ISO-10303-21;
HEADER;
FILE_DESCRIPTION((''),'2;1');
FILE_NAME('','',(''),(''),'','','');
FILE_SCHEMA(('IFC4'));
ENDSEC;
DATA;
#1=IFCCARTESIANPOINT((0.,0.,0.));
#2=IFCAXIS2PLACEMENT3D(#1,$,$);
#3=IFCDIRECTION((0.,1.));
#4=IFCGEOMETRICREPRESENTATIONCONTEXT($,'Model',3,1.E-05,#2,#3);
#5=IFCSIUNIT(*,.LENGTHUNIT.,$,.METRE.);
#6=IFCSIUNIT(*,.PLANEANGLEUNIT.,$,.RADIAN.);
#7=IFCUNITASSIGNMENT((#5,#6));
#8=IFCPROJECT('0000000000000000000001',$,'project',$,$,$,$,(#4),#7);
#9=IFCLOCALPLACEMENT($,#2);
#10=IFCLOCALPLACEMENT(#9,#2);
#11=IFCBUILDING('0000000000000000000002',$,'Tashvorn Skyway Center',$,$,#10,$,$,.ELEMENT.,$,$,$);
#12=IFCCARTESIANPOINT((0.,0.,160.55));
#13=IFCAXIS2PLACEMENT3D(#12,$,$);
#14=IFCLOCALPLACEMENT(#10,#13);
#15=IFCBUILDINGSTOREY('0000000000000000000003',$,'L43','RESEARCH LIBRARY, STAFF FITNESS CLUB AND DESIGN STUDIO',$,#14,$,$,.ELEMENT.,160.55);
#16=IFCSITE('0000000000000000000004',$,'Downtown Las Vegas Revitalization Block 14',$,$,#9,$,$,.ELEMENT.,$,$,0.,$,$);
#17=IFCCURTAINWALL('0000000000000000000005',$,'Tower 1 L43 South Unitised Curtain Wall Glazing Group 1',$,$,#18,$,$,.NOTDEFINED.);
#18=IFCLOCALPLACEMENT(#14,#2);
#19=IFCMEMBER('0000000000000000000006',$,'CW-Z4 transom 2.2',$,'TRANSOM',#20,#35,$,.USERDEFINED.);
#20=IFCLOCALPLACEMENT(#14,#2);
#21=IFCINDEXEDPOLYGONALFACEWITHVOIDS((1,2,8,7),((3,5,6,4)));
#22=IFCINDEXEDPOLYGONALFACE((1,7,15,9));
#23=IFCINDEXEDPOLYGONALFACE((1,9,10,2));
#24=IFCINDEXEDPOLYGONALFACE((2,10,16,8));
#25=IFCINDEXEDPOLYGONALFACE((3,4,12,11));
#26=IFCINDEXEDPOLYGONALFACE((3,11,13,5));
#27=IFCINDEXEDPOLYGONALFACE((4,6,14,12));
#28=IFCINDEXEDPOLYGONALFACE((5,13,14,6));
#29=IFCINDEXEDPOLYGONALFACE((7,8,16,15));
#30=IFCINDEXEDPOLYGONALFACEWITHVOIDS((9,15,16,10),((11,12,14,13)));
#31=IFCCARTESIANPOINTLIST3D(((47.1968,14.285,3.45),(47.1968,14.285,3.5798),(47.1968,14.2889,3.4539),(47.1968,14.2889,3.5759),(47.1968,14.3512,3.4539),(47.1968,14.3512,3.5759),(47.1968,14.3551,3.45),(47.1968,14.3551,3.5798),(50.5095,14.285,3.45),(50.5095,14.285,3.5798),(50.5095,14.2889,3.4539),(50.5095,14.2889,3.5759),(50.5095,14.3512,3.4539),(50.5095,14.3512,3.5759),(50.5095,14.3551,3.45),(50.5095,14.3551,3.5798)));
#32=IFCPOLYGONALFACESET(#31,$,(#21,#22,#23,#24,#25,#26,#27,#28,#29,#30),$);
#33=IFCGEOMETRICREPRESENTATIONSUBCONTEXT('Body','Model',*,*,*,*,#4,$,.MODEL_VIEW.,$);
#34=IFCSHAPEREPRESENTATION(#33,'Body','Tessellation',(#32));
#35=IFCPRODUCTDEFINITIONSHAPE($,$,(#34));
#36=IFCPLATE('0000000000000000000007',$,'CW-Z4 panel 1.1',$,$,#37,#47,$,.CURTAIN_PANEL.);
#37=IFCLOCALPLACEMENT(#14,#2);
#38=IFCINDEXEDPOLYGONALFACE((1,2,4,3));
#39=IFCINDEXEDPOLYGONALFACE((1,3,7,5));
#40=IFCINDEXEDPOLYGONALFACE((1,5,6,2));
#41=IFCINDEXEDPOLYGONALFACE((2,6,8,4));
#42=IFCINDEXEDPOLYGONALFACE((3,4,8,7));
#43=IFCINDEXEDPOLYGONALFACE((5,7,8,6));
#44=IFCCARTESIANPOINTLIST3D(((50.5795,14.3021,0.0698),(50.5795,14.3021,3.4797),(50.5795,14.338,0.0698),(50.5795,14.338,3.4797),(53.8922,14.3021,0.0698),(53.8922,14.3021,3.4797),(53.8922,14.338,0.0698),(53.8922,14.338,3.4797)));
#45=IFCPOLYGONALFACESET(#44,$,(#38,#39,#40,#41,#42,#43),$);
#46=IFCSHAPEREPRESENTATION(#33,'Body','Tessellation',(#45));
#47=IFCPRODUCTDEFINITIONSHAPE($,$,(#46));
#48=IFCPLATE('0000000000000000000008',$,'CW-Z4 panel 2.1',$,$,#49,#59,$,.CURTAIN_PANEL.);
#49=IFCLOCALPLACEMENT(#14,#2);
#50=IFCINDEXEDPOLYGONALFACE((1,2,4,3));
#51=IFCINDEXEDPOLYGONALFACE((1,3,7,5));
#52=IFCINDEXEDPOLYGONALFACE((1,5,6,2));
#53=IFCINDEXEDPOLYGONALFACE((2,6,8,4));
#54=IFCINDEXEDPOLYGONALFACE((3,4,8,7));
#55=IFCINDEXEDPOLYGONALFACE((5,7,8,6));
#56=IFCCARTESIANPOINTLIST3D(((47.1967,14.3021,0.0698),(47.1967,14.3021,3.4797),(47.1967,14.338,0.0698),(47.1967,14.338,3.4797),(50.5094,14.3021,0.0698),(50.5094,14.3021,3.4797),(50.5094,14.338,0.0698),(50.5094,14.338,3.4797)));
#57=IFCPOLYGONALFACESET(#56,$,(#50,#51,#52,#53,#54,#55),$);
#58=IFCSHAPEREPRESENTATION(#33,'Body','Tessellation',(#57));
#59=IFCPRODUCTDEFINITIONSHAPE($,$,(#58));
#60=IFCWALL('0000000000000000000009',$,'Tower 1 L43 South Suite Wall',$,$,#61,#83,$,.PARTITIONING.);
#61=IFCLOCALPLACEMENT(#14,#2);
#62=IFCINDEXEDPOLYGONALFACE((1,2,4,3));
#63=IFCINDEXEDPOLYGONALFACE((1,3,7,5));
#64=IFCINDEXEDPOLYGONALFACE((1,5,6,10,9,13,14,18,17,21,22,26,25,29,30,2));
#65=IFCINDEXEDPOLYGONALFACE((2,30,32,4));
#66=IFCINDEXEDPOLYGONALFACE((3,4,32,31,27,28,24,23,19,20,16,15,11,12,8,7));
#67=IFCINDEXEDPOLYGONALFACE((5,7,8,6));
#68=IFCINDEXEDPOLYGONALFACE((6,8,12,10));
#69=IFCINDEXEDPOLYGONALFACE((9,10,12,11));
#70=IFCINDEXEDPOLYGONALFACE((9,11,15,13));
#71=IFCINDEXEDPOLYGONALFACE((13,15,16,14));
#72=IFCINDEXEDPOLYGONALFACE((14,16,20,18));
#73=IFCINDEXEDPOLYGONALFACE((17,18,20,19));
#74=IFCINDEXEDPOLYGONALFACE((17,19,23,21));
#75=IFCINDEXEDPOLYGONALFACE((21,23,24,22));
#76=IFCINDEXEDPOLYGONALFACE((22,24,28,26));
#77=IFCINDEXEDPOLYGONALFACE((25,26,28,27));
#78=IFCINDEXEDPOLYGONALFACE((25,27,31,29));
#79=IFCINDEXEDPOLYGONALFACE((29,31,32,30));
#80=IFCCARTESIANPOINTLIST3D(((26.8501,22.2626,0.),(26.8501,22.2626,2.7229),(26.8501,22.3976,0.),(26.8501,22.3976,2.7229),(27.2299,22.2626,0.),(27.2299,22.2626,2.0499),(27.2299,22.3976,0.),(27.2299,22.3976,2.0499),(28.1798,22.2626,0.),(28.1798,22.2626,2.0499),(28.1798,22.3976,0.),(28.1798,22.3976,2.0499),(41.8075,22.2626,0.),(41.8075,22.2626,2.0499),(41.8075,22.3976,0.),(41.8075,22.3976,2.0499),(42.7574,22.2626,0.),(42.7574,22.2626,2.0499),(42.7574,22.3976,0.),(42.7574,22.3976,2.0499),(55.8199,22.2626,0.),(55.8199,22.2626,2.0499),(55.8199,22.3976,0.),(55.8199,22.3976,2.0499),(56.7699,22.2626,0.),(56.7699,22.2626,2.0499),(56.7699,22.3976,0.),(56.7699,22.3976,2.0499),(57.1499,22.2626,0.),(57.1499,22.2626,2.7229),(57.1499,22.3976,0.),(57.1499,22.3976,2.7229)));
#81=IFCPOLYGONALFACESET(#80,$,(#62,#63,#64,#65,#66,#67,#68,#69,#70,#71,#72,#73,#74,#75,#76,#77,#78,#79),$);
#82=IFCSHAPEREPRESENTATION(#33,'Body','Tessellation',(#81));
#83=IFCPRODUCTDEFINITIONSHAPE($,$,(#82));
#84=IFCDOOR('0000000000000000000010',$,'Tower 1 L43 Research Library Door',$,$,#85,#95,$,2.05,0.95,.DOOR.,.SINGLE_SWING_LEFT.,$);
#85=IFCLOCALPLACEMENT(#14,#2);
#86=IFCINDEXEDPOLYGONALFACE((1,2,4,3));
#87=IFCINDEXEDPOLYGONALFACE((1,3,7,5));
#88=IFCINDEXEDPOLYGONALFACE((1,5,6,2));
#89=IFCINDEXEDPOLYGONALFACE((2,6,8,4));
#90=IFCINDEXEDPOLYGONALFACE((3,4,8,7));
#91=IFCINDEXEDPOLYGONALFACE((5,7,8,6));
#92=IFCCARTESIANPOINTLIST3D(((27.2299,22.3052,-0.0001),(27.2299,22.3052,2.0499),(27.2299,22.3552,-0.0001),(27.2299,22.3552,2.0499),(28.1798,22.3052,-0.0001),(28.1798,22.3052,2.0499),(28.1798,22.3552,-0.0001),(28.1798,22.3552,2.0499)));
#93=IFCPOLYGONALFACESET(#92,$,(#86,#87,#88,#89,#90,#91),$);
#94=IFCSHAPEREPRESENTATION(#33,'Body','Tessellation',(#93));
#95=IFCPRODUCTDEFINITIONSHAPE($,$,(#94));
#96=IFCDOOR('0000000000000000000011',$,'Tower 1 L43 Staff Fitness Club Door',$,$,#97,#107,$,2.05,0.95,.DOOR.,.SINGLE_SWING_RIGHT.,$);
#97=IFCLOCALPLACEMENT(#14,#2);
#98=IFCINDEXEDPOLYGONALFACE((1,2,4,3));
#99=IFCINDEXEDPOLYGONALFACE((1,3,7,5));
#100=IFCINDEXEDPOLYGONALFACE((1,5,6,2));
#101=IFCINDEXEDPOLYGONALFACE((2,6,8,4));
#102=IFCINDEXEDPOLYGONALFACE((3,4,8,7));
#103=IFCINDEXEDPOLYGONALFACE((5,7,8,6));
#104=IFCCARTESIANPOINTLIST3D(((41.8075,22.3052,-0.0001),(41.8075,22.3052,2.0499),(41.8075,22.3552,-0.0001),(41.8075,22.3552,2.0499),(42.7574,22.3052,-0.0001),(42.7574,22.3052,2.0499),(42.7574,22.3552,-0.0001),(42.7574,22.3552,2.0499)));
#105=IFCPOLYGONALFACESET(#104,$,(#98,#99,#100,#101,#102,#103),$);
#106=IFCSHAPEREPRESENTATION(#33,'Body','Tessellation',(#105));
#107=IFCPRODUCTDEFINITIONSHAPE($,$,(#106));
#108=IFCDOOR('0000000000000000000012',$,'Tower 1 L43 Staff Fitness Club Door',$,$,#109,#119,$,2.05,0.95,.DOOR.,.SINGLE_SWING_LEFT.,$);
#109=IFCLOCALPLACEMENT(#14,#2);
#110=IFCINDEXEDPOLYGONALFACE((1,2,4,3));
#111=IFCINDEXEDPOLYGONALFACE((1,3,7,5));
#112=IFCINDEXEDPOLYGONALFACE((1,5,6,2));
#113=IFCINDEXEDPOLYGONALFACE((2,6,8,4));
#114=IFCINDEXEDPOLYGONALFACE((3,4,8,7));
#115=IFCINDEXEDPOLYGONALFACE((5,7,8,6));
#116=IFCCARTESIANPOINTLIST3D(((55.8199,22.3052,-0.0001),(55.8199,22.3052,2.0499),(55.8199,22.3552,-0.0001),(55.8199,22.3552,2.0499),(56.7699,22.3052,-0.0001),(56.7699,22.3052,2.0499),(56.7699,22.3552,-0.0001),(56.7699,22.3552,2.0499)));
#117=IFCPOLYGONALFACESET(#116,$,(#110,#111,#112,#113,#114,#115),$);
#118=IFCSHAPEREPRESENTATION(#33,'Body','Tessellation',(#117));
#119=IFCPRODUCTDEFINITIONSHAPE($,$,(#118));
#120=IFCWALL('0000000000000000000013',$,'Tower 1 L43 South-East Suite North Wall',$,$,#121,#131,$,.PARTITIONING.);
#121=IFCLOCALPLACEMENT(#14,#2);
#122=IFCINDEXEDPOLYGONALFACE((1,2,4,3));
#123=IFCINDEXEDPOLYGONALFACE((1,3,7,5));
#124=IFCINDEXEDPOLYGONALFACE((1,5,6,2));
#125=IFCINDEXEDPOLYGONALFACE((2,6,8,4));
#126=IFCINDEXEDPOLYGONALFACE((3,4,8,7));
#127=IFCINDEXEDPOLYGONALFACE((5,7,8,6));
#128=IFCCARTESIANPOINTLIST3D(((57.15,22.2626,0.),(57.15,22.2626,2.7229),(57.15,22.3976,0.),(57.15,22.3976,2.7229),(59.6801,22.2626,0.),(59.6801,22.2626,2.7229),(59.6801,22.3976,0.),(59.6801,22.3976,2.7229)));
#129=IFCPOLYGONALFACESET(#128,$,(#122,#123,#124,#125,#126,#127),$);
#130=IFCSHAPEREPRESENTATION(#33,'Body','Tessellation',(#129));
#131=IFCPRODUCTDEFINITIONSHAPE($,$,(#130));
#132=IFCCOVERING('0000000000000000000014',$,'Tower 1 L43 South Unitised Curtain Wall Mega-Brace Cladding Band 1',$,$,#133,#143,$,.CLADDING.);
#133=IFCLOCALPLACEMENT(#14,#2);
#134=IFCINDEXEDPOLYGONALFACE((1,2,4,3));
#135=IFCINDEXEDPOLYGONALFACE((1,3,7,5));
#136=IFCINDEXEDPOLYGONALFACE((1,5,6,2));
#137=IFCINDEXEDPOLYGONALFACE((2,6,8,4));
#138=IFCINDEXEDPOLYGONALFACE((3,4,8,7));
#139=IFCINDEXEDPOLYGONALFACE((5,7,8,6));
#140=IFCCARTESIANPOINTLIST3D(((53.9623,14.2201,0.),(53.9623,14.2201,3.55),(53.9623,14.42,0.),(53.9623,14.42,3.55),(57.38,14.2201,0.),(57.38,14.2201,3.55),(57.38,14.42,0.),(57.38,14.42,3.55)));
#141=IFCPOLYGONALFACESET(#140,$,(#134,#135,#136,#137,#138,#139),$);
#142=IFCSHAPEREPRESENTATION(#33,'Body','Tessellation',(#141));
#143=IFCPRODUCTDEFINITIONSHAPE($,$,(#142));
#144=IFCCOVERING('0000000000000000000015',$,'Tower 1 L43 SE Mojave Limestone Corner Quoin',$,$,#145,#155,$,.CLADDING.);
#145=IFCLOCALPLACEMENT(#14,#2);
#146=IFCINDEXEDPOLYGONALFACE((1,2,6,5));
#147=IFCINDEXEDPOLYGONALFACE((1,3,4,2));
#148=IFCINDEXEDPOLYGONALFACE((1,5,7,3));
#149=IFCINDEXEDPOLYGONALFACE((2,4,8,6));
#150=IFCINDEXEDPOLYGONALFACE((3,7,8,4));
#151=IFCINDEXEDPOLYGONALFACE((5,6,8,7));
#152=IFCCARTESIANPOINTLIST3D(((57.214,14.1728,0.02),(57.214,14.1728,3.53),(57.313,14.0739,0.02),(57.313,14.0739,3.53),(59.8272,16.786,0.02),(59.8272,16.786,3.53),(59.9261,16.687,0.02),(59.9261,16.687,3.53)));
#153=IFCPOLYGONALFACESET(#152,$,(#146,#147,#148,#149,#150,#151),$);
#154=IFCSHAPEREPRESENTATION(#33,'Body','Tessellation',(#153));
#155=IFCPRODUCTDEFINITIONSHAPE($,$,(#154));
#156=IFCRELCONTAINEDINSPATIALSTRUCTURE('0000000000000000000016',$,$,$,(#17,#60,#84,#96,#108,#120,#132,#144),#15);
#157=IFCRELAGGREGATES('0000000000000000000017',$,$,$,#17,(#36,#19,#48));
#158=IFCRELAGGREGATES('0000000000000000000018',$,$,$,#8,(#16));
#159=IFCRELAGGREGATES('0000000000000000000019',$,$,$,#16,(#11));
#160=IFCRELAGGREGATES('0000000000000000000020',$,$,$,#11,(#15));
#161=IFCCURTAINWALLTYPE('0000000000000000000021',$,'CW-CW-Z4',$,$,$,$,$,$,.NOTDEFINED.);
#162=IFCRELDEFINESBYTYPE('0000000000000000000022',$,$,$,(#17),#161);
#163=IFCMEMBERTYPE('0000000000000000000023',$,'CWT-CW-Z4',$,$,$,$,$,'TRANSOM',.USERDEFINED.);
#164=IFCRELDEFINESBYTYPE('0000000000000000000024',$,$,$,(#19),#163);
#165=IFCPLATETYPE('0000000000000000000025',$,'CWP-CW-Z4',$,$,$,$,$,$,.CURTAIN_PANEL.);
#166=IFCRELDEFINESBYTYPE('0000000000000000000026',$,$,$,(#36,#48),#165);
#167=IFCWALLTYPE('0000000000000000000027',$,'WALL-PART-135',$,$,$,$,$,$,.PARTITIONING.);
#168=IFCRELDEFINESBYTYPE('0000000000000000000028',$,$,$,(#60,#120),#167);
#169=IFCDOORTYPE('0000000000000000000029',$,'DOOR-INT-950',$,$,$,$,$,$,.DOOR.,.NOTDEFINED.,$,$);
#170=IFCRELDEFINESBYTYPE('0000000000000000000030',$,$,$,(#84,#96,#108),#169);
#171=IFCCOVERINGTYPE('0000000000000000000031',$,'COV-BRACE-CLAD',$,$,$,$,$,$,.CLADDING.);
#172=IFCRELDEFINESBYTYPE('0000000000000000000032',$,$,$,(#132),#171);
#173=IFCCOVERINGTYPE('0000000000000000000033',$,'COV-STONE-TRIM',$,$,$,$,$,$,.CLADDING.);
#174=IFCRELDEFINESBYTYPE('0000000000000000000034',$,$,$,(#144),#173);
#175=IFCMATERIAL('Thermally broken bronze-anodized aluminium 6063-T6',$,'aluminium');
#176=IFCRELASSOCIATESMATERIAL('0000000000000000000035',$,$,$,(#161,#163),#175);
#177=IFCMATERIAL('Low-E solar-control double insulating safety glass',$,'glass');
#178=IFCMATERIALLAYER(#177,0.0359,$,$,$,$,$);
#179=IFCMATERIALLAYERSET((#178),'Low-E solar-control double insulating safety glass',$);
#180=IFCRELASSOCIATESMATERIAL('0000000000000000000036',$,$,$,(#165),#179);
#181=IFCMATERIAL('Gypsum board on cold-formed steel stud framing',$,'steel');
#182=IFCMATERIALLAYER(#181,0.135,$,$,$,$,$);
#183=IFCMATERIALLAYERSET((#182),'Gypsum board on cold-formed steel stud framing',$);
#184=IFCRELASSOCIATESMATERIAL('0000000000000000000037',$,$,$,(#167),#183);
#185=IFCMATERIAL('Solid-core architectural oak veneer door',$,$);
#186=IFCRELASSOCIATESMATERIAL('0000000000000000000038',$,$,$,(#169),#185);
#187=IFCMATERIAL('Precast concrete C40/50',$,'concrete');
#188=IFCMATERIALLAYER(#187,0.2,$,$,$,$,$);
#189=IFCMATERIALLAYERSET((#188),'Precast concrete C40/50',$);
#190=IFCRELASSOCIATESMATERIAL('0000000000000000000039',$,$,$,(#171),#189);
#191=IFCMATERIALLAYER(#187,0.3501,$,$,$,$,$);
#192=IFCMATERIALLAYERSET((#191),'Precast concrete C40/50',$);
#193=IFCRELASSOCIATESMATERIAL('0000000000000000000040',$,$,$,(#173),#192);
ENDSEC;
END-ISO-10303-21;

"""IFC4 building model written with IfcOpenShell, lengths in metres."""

from ifc_helpers import new_model, si_unit, direction, frame, frame_2d, origin, origin_2d, place, context, subcontext, project, spatial, rectangle, hollow_rectangle, extrude, material, layer, layer_set, material_profile, profile_set, type_object, element, fill, aggregate, save


model = new_model("IFC4")

# Units and contexts
model_context = context("Model", 3, precision=1e-05, world=origin(), true_north=direction((0.0, 1.0)))
body_context = subcontext(model_context, "Body", "Model", "MODEL_VIEW")
ifc_project = project(units=[si_unit("LENGTHUNIT", "METRE"), si_unit("PLANEANGLEUNIT", "RADIAN")], contexts=[model_context])

# Site, building, storey
site_placement = place(None, origin())
site = spatial("IfcSite", under=ifc_project, at=site_placement, Name="Downtown Las Vegas Revitalization Block 14", CompositionType="ELEMENT", RefElevation=0.0)
building_placement = place(site_placement, origin())
building = spatial("IfcBuilding", under=site, at=building_placement, Name="Tashvorn Skyway Center", CompositionType="ELEMENT")
storey_placement = place(building_placement, frame((0.0, 0.0, 160.55)))
storey = spatial("IfcBuildingStorey", under=building, at=storey_placement, Name="L43", Description="RESEARCH LIBRARY, STAFF FITNESS CLUB AND DESIGN STUDIO", CompositionType="ELEMENT", Elevation=160.55)

# Curtain wall, member, plates
ifc_material_1 = material(Name="Thermally broken bronze-anodized aluminium 6063-T6", Category="aluminium")
curtain_wall_type = type_object("IfcCurtainWallType", Name="CW-CW-Z4", PredefinedType="NOTDEFINED", material=ifc_material_1)
curtain_wall_placement = place(storey_placement, origin())
curtain_wall = element("IfcCurtainWall", 1, at=curtain_wall_placement, inside=storey, type_object=curtain_wall_type, Name="Tower 1 L43 South Unitised Curtain Wall Glazing Group 1", PredefinedType="NOTDEFINED")
ifc_material_profile_1 = material_profile(ifc_material_1, hollow_rectangle(XDim=0.0701, YDim=0.1299, WallThickness=0.0039, at=origin_2d()), Name="ALU-TRAN-70x130")
ifc_profile_set_1 = profile_set([ifc_material_profile_1], Name="Thermally broken bronze-anodized aluminium 6063-T6")
member_type_1 = type_object("IfcMemberType", Name="CWT-CW-Z4", ElementType="TRANSOM", PredefinedType="USERDEFINED", material=ifc_profile_set_1)
member_1_placement = place(storey_placement, frame((50.5095, 14.3201, 3.5149), z_axis=(-1.0, 0.0, 0.0), x_axis=(0.0, -1.0, 0.0)))
member_1 = element("IfcMember", 2, at=member_1_placement, type_object=member_type_1, Name="CW-Z4 transom 2.2", ObjectType="TRANSOM", PredefinedType="USERDEFINED", context=body_context, shape_type="SweptSolid", body=[
    extrude(hollow_rectangle(XDim=0.0701, YDim=0.1299, WallThickness=0.0039, at=origin_2d()), origin(), (0.0, 0.0, 1.0), 3.3127),
])
ifc_material_2 = material(Name="Low-E solar-control double insulating safety glass", Category="glass")
ifc_layer_1 = layer(ifc_material_2, 0.0359)
ifc_layer_set_1 = layer_set([ifc_layer_1], Name="Low-E solar-control double insulating safety glass")
plate_type = type_object("IfcPlateType", Name="CWP-CW-Z4", PredefinedType="CURTAIN_PANEL", material=ifc_layer_set_1)
plate_1_placement = place(storey_placement, frame((52.2358, 14.3201, 0.0698), z_axis=(0.0, 0.0, 1.0), x_axis=(-1.0, 0.0, 0.0)))
plate_1 = element("IfcPlate", 3, at=plate_1_placement, type_object=plate_type, Name="CW-Z4 panel 1.1", PredefinedType="CURTAIN_PANEL", context=body_context, shape_type="SweptSolid", body=[
    extrude(rectangle(XDim=3.3127, YDim=0.0359, at=origin_2d()), origin(), (0.0, 0.0, 1.0), 3.4099),
])
plate_2_placement = place(storey_placement, frame((48.853, 14.3201, 0.0698), z_axis=(0.0, 0.0, 1.0), x_axis=(-1.0, 0.0, 0.0)))
plate_2 = element("IfcPlate", 4, at=plate_2_placement, type_object=plate_type, Name="CW-Z4 panel 2.1", PredefinedType="CURTAIN_PANEL", context=body_context, shape_type="SweptSolid", body=[
    extrude(rectangle(XDim=3.3127, YDim=0.0359, at=origin_2d()), origin(), (0.0, 0.0, 1.0), 3.4099),
])
aggregate(curtain_wall, [plate_1, member_1, plate_2])

# Wall, openings, doors
ifc_material_3 = material(Name="Gypsum board on cold-formed steel stud framing", Category="steel")
ifc_layer_2 = layer(ifc_material_3, 0.135)
ifc_layer_set_2 = layer_set([ifc_layer_2], Name="Gypsum board on cold-formed steel stud framing")
wall_type = type_object("IfcWallType", Name="WALL-PART-135", PredefinedType="PARTITIONING", material=ifc_layer_set_2)
wall_1_placement = place(storey_placement, frame((57.1499, 22.3301, 0.0), z_axis=(0.0, 0.0, 1.0), x_axis=(-1.0, 0.0, 0.0)))
wall_1 = element("IfcWall", 5, at=wall_1_placement, inside=storey, type_object=wall_type, Name="Tower 1 L43 South Suite Wall", PredefinedType="PARTITIONING", context=body_context, shape_type="SweptSolid", body=[
    extrude(rectangle(XDim=30.2998, YDim=0.135, at=frame_2d((15.1499, 0.0))), origin(), (0.0, 0.0, 1.0), 2.7229),
])
opening_1_placement = place(wall_1_placement, frame((28.97, 0.0, 0.0)))
opening_1 = element("IfcOpeningElement", 6, at=opening_1_placement, cuts=wall_1, PredefinedType="OPENING", context=body_context, shape_type="SweptSolid", body=[
    extrude(rectangle(XDim=0.95, YDim=2.05, at=frame_2d((0.4751, 1.0249))), frame((0.0, 0.0774, 0.0), z_axis=(0.0, -1.0, 0.0), x_axis=(1.0, 0.0, 0.0)), (0.0, 0.0, 1.0), 0.155),
])
opening_2_placement = place(wall_1_placement, frame((14.3923, 0.0, 0.0)))
opening_2 = element("IfcOpeningElement", 7, at=opening_2_placement, cuts=wall_1, PredefinedType="OPENING", context=body_context, shape_type="SweptSolid", body=[
    extrude(rectangle(XDim=0.95, YDim=2.05, at=frame_2d((0.4751, 1.0249))), frame((0.0, 0.0774, 0.0), z_axis=(0.0, -1.0, 0.0), x_axis=(1.0, 0.0, 0.0)), (0.0, 0.0, 1.0), 0.155),
])
opening_3_placement = place(wall_1_placement, frame((0.3799, 0.0, 0.0)))
opening_3 = element("IfcOpeningElement", 8, at=opening_3_placement, cuts=wall_1, PredefinedType="OPENING", context=body_context, shape_type="SweptSolid", body=[
    extrude(rectangle(XDim=0.95, YDim=2.05, at=frame_2d((0.4751, 1.0249))), frame((0.0, 0.0774, 0.0), z_axis=(0.0, -1.0, 0.0), x_axis=(1.0, 0.0, 0.0)), (0.0, 0.0, 1.0), 0.155),
])
ifc_material_4 = material(Name="Solid-core architectural oak veneer door")
door_type = type_object("IfcDoorType", Name="DOOR-INT-950", OperationType="NOTDEFINED", PredefinedType="DOOR", material=ifc_material_4)
door_1_placement = place(opening_1_placement, origin())
door_1 = element("IfcDoor", 9, at=door_1_placement, inside=storey, type_object=door_type, Name="Tower 1 L43 Research Library Door", OperationType="SINGLE_SWING_LEFT", OverallHeight=2.05, OverallWidth=0.95, PredefinedType="DOOR", context=body_context, shape_type="SweptSolid", body=[
    extrude(rectangle(XDim=0.95, YDim=2.05, at=frame_2d((0.4751, 1.0249))), frame((0.0, 0.0249, 0.0), z_axis=(0.0, -1.0, 0.0), x_axis=(1.0, 0.0, 0.0)), (0.0, 0.0, 1.0), 0.05),
])
fill(opening_1, door_1)
door_2_placement = place(opening_2_placement, origin())
door_2 = element("IfcDoor", 10, at=door_2_placement, inside=storey, type_object=door_type, Name="Tower 1 L43 Staff Fitness Club Door", OperationType="SINGLE_SWING_RIGHT", OverallHeight=2.05, OverallWidth=0.95, PredefinedType="DOOR", context=body_context, shape_type="SweptSolid", body=[
    extrude(rectangle(XDim=0.95, YDim=2.05, at=frame_2d((0.4751, 1.0249))), frame((0.0, 0.0249, 0.0), z_axis=(0.0, -1.0, 0.0), x_axis=(1.0, 0.0, 0.0)), (0.0, 0.0, 1.0), 0.05),
])
fill(opening_2, door_2)
door_3_placement = place(opening_3_placement, origin())
door_3 = element("IfcDoor", 11, at=door_3_placement, inside=storey, type_object=door_type, Name="Tower 1 L43 Staff Fitness Club Door", OperationType="SINGLE_SWING_LEFT", OverallHeight=2.05, OverallWidth=0.95, PredefinedType="DOOR", context=body_context, shape_type="SweptSolid", body=[
    extrude(rectangle(XDim=0.95, YDim=2.05, at=frame_2d((0.4751, 1.0249))), frame((0.0, 0.0249, 0.0), z_axis=(0.0, -1.0, 0.0), x_axis=(1.0, 0.0, 0.0)), (0.0, 0.0, 1.0), 0.05),
])
fill(opening_3, door_3)

# Wall
wall_2_placement = place(storey_placement, frame((57.1499, 22.3301, 0.0), z_axis=(0.0, 0.0, 1.0), x_axis=(1.0, 0.0, 0.0)))
element("IfcWall", 12, at=wall_2_placement, inside=storey, type_object=wall_type, Name="Tower 1 L43 South-East Suite North Wall", PredefinedType="PARTITIONING", context=body_context, shape_type="SweptSolid", body=[
    extrude(rectangle(XDim=2.53, YDim=0.135, at=frame_2d((1.2651, 0.0))), origin(), (0.0, 0.0, 1.0), 2.7229),
])

# Coverings
ifc_material_5 = material(Name="Precast concrete C40/50", Category="concrete")
ifc_layer_3 = layer(ifc_material_5, 0.2)
ifc_layer_set_3 = layer_set([ifc_layer_3], Name="Precast concrete C40/50")
covering_type_1 = type_object("IfcCoveringType", Name="COV-BRACE-CLAD", PredefinedType="CLADDING", material=ifc_layer_set_3)
covering_1_placement = place(storey_placement, frame((55.6711, 14.3201, 0.0), z_axis=(0.0, 0.0, 1.0), x_axis=(-1.0, 0.0, 0.0)))
element("IfcCovering", 13, at=covering_1_placement, inside=storey, type_object=covering_type_1, Name="Tower 1 L43 South Unitised Curtain Wall Mega-Brace Cladding Band 1", PredefinedType="CLADDING", context=body_context, shape_type="SweptSolid", body=[
    extrude(rectangle(XDim=3.4177, YDim=0.2, at=origin_2d()), origin(), (0.0, 0.0, 1.0), 3.55),
])
ifc_layer_4 = layer(ifc_material_5, 0.3501)
ifc_layer_set_4 = layer_set([ifc_layer_4], Name="Precast concrete C40/50")
covering_type_2 = type_object("IfcCoveringType", Name="COV-STONE-TRIM", PredefinedType="CLADDING", material=ifc_layer_set_4)
covering_2_placement = place(storey_placement, frame((58.5701, 15.4299, 0.02), z_axis=(0.0, 0.0, 1.0), x_axis=(0.707107, 0.707107, 0.0)))
element("IfcCovering", 14, at=covering_2_placement, inside=storey, type_object=covering_type_2, Name="Tower 1 L43 SE Mojave Limestone Corner Quoin", PredefinedType="CLADDING", context=body_context, shape_type="SweptSolid", body=[
    extrude(rectangle(XDim=3.6956, YDim=0.1399, at=origin_2d()), origin(), (0.0, 0.0, 1.0), 3.51),
])

save(model, "model.ifc")
